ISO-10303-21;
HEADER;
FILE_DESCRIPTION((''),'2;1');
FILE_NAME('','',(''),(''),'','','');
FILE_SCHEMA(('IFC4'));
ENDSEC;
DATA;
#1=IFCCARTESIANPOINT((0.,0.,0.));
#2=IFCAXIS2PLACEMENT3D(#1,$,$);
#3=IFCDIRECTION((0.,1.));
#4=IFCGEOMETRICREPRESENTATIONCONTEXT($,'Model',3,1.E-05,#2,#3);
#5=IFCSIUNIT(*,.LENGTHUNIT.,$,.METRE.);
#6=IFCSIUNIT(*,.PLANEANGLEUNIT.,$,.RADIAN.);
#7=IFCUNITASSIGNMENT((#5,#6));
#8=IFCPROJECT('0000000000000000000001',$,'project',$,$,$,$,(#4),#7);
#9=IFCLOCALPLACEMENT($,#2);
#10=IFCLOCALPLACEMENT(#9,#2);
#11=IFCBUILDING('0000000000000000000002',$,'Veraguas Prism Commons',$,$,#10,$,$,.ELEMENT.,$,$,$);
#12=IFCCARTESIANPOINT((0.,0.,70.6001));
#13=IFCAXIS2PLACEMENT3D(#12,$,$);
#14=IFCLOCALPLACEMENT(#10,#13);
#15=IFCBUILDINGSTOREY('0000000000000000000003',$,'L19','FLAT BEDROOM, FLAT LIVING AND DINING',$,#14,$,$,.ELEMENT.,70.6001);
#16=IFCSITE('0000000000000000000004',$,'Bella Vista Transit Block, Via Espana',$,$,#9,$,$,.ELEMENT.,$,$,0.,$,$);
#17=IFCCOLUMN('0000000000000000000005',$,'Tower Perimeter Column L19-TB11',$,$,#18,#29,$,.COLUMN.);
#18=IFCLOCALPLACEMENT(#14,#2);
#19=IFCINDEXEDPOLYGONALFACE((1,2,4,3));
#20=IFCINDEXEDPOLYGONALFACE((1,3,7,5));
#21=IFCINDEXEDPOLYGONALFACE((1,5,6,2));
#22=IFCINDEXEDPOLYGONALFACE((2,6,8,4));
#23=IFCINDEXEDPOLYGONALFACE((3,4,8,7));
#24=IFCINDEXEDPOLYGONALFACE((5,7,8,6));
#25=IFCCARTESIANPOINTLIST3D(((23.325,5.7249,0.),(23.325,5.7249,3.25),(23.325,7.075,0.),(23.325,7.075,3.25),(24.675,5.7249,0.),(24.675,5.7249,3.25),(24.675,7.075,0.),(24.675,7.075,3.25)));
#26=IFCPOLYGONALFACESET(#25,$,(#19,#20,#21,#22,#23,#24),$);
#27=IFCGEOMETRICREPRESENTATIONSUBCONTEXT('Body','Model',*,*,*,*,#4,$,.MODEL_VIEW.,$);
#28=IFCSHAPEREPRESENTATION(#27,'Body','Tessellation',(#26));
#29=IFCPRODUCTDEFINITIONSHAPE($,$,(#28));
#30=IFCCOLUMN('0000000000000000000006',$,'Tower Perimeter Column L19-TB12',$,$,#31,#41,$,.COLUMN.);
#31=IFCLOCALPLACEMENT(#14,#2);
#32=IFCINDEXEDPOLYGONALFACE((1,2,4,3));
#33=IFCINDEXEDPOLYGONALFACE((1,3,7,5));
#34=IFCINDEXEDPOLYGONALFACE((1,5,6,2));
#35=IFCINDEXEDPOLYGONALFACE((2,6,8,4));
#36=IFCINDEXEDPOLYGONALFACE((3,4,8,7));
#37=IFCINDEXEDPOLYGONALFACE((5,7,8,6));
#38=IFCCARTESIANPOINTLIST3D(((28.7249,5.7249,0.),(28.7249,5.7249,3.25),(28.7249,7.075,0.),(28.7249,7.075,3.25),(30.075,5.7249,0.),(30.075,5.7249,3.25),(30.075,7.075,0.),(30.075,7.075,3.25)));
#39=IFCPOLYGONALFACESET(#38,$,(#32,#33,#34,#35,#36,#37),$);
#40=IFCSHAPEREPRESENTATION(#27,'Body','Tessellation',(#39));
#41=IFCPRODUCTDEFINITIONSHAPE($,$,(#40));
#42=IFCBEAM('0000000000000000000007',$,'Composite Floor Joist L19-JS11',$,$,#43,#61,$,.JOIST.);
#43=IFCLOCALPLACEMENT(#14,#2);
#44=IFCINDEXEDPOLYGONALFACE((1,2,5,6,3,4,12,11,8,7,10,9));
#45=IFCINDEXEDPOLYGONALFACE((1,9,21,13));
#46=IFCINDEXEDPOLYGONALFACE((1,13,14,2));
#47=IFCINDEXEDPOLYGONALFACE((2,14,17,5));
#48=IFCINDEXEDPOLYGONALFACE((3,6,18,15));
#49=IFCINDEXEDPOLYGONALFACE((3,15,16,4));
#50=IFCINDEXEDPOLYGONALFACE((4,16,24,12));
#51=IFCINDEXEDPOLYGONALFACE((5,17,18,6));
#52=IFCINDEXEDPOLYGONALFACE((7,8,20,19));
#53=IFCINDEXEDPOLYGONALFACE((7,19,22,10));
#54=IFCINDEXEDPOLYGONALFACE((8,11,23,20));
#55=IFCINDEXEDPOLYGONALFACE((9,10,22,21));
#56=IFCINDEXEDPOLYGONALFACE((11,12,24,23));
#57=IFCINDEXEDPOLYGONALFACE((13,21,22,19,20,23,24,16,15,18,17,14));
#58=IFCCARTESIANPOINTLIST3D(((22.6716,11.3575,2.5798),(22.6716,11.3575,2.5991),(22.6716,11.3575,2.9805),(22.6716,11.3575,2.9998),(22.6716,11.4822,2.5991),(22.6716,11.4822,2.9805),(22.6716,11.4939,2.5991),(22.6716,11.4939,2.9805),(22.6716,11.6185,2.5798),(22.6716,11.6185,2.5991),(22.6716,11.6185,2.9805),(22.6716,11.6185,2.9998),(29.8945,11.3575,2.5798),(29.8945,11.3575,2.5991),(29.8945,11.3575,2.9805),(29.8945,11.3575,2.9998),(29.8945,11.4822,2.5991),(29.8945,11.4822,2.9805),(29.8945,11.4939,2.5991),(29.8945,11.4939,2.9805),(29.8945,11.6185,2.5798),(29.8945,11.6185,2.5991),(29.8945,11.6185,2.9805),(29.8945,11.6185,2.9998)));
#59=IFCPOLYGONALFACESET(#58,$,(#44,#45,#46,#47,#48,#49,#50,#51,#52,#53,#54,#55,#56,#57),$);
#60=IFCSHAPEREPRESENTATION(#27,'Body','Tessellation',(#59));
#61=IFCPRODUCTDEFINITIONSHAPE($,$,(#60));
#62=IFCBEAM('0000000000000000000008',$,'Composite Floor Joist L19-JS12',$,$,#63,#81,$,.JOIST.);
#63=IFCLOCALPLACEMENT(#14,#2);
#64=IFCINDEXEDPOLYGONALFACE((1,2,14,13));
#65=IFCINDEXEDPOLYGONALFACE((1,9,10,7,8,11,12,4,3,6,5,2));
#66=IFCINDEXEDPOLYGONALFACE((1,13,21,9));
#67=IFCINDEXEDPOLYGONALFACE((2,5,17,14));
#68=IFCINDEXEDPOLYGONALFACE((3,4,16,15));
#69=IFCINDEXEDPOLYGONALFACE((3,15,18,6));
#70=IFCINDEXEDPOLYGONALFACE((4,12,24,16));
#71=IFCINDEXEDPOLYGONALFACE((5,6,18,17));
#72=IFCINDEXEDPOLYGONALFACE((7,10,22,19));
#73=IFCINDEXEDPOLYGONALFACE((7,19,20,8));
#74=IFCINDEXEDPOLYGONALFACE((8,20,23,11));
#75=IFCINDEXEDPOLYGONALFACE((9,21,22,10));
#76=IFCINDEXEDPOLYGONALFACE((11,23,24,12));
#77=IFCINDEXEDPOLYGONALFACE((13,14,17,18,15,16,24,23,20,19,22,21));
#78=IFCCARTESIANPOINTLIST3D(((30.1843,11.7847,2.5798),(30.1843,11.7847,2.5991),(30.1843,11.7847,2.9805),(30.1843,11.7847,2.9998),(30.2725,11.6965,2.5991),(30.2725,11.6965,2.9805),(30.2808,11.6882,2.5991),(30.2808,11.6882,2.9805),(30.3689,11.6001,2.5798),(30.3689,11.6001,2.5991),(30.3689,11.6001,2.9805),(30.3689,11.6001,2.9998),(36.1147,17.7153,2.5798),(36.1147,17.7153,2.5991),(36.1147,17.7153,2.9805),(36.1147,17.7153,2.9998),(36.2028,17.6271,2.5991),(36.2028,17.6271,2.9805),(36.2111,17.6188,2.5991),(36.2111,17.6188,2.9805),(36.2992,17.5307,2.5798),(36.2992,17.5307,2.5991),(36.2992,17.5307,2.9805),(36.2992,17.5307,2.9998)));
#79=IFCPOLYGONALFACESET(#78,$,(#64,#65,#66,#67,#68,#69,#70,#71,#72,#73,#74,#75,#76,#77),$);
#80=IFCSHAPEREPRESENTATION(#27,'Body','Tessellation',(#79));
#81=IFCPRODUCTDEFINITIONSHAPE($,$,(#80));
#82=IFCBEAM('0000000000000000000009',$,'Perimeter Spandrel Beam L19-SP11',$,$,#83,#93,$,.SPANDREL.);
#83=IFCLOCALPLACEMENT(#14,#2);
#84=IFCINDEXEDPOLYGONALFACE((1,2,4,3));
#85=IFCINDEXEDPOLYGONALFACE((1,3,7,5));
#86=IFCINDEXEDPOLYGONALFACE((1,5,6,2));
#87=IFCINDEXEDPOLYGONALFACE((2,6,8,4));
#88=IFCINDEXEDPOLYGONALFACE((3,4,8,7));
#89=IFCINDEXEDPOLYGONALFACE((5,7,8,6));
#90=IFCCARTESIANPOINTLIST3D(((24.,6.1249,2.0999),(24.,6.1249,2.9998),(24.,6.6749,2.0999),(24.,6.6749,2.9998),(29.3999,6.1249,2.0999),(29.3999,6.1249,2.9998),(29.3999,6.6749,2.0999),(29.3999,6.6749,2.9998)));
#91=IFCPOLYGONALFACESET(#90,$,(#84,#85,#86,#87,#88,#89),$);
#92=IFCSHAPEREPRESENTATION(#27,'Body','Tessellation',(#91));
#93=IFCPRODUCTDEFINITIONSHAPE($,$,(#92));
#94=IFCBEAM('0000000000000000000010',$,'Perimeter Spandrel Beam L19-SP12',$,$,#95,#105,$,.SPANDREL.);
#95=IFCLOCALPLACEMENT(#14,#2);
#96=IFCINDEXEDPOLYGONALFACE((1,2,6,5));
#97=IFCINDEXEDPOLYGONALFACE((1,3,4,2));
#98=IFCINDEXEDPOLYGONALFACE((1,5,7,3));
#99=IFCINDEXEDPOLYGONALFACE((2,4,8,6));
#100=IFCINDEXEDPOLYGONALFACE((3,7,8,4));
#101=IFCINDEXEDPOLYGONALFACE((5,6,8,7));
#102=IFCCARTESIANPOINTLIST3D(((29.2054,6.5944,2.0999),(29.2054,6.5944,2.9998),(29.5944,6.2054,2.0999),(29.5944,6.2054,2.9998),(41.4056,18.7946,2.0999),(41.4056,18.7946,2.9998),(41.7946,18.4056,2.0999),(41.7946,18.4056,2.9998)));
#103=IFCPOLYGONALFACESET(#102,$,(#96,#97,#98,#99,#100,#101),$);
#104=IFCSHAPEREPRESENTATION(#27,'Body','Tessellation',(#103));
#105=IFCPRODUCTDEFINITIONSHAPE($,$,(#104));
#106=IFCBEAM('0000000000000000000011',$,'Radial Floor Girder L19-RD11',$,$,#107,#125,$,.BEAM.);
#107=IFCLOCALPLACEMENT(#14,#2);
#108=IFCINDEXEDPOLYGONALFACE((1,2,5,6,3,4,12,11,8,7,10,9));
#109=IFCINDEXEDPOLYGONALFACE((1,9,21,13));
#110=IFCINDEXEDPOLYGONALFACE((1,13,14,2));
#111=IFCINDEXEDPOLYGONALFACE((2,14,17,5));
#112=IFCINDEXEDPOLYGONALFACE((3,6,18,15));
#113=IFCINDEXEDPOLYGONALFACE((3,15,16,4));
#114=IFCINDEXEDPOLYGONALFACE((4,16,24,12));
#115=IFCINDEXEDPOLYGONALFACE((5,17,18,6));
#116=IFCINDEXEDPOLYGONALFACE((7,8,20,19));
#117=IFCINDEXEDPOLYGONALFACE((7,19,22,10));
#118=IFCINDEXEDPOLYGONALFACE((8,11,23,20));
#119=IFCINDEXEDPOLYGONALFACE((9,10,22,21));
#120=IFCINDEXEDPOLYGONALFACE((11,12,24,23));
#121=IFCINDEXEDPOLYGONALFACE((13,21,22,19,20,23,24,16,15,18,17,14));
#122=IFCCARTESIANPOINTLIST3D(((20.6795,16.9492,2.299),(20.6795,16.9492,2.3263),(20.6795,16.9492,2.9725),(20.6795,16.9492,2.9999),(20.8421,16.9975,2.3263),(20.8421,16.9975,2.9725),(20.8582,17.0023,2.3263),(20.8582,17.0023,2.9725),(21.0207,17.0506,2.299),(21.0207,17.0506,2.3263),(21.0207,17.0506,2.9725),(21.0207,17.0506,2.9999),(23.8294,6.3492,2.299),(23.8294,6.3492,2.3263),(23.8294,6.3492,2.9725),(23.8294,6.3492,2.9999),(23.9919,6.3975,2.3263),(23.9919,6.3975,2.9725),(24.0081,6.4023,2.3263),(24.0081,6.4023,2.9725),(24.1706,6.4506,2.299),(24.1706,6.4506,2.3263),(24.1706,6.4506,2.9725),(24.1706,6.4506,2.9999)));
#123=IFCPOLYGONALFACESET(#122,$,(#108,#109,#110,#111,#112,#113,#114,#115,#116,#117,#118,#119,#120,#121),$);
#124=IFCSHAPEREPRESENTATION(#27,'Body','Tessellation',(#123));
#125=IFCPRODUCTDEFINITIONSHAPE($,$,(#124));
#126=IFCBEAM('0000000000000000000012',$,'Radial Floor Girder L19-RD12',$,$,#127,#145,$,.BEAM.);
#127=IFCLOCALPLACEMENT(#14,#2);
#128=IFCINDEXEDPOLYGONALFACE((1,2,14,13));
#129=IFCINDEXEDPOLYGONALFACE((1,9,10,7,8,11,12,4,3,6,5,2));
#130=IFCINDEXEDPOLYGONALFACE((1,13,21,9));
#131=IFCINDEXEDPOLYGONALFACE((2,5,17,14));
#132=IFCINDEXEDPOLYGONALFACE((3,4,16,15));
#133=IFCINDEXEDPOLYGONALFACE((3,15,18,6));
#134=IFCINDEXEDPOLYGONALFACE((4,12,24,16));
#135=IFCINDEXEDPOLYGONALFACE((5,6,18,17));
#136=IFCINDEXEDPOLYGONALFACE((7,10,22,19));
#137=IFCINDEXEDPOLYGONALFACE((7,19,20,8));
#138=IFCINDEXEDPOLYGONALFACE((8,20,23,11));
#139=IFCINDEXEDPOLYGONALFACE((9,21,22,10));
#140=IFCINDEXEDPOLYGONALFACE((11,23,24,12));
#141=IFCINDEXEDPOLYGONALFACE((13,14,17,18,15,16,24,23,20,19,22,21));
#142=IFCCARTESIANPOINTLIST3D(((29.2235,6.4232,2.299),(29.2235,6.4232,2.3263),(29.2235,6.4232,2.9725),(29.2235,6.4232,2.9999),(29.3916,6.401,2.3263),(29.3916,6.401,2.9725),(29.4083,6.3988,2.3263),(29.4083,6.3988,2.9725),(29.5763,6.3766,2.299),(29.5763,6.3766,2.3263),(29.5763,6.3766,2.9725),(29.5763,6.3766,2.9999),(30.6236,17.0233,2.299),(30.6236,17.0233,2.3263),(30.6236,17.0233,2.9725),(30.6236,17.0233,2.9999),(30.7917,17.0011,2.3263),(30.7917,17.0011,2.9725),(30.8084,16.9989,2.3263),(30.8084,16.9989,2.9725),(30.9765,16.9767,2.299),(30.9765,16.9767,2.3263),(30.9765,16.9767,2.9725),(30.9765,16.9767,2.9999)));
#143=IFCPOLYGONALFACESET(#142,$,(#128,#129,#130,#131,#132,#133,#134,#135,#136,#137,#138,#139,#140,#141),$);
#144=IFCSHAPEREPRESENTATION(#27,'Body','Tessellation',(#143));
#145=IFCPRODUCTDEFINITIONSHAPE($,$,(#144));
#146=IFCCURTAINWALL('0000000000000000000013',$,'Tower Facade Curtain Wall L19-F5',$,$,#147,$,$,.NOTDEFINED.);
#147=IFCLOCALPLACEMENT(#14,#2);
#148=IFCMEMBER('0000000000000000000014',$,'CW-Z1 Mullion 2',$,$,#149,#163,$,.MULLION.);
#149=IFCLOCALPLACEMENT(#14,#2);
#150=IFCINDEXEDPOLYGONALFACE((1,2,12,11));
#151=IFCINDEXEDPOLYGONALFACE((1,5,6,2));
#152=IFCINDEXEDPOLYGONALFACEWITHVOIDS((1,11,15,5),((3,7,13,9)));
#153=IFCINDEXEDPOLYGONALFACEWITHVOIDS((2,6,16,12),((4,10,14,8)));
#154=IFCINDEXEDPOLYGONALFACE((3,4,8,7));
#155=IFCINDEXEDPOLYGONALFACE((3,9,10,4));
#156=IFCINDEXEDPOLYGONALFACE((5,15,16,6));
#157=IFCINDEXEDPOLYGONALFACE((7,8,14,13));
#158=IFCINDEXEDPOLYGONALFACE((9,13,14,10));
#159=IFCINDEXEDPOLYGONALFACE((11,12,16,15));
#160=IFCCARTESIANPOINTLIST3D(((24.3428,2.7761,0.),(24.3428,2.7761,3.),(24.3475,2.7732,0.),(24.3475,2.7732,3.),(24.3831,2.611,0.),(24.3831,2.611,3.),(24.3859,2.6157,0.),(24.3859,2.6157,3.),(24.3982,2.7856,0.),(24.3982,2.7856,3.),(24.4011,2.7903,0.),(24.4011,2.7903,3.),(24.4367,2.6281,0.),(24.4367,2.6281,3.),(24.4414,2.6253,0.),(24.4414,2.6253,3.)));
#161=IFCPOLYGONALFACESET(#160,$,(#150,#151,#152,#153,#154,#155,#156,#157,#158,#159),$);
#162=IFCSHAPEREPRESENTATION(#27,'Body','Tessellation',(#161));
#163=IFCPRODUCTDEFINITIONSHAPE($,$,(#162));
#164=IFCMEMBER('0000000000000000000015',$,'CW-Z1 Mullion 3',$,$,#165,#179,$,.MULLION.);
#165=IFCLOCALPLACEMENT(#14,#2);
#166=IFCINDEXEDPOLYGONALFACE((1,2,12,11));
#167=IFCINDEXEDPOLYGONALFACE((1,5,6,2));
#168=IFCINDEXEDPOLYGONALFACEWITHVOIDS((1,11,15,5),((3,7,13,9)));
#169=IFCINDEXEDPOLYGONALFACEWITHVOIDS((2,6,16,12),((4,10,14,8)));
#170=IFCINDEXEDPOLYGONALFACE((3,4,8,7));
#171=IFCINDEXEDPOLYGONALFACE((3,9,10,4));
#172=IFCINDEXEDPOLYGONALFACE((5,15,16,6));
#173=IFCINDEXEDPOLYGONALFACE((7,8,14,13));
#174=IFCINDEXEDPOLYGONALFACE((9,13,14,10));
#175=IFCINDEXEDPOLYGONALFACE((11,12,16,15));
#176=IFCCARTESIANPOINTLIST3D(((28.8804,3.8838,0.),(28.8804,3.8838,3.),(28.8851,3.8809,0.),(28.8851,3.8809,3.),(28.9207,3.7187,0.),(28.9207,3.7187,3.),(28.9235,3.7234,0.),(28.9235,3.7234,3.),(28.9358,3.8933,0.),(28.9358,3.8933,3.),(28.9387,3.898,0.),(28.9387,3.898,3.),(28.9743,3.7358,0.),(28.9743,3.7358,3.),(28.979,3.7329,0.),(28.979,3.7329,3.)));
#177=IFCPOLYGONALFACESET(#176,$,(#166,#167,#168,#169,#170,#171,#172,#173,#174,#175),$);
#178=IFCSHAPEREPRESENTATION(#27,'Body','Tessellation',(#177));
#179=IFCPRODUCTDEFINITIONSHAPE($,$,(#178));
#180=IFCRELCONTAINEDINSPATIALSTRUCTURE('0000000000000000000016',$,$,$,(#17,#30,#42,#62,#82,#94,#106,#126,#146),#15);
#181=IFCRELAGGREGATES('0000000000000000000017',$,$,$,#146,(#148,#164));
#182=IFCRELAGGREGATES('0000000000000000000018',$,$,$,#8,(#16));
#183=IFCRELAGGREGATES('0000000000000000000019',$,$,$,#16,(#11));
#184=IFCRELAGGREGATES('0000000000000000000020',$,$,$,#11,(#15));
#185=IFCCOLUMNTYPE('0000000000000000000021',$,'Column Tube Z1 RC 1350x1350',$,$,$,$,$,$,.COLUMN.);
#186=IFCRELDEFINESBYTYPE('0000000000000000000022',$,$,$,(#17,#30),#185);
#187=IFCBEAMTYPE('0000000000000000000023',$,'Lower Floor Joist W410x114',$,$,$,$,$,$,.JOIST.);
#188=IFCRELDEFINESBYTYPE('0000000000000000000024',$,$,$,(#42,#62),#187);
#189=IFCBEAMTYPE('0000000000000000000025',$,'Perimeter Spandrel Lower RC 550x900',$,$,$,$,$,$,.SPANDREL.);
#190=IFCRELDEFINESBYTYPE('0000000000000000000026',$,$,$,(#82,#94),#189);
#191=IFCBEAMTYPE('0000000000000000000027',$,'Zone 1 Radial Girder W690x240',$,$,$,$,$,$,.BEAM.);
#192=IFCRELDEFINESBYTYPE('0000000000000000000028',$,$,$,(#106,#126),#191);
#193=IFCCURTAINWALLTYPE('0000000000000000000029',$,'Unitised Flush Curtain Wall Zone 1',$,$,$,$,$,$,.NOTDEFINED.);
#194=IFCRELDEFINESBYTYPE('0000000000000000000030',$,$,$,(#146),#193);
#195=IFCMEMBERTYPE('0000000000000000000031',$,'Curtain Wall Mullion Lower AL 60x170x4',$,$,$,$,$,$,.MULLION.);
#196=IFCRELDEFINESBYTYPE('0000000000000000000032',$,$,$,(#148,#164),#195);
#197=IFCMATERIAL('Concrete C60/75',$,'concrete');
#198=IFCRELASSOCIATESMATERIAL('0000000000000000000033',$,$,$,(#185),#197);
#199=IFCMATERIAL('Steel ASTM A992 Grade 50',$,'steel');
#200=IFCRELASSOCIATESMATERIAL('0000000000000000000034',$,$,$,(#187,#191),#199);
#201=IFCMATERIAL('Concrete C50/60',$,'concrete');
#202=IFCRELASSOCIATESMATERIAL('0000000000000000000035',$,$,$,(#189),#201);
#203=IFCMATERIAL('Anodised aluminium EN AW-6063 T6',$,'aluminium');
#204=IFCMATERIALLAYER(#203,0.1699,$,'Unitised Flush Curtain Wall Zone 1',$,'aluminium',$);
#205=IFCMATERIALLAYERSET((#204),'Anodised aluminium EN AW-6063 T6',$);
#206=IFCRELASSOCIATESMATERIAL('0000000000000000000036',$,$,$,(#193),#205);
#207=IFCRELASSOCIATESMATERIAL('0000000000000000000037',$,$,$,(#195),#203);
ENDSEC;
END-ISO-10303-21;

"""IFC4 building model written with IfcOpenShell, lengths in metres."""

from ifc_helpers import new_model, si_unit, direction, frame, origin, origin_2d, place, context, subcontext, project, spatial, rectangle, hollow_rectangle, i_section, extrude, source, transform, mapped, material, layer, layer_set, material_profile, profile_set, type_object, element, aggregate, save


model = new_model("IFC4")

# Units and contexts
model_context = context("Model", 3, precision=1e-05, world=origin(), true_north=direction((0.0, 1.0)))
body_context = subcontext(model_context, "Body", "Model", "MODEL_VIEW")
ifc_project = project(units=[si_unit("LENGTHUNIT", "METRE"), si_unit("PLANEANGLEUNIT", "RADIAN")], contexts=[model_context])

# Site, building, storey
site_placement = place(None, origin())
site = spatial("IfcSite", under=ifc_project, at=site_placement, Name="Bella Vista Transit Block, Via Espana", CompositionType="ELEMENT", RefElevation=0.0)
building_placement = place(site_placement, origin())
building = spatial("IfcBuilding", under=site, at=building_placement, Name="Veraguas Prism Commons", CompositionType="ELEMENT")
storey_placement = place(building_placement, frame((0.0, 0.0, 70.6001)))
storey = spatial("IfcBuildingStorey", under=building, at=storey_placement, Name="L19", Description="FLAT BEDROOM, FLAT LIVING AND DINING", CompositionType="ELEMENT", Elevation=70.6001)

# Columns
ifc_material_1 = material(Name="Concrete C60/75", Category="concrete")
ifc_material_profile_1 = material_profile(ifc_material_1, rectangle(XDim=1.3501, YDim=1.3501, at=origin_2d()), Name="RC1350X1350")
ifc_profile_set_1 = profile_set([ifc_material_profile_1], Name="Concrete C60/75")
column_type = type_object("IfcColumnType", Name="Column Tube Z1 RC 1350x1350", PredefinedType="COLUMN", material=ifc_profile_set_1)
for number, where, z_axis, x_axis, name in (
    (1, (24.0, 6.3999, 0.0), (0.0, 0.0, 1.0), (1.0, 0.0, 0.0), "Tower Perimeter Column L19-TB11"),
    (2, (29.3999, 6.3999, 0.0), (0.0, 0.0, 1.0), (1.0, 0.0, 0.0), "Tower Perimeter Column L19-TB12"),
):
    element("IfcColumn", number, at=place(storey_placement, frame(where, z_axis=z_axis, x_axis=x_axis)), inside=storey, type_object=column_type, Name=name, PredefinedType="COLUMN", context=body_context, shape_type="SweptSolid", body=[
        extrude(rectangle(XDim=1.3501, YDim=1.3501, at=origin_2d()), origin(), (0.0, 0.0, 1.0), 3.25),
    ])

# Beams
ifc_material_2 = material(Name="Steel ASTM A992 Grade 50", Category="steel")
ifc_material_profile_2 = material_profile(ifc_material_2, i_section(OverallWidth=0.261, OverallDepth=0.4199, WebThickness=0.0117, FlangeThickness=0.0193, at=origin_2d()), Name="W410X114")
ifc_profile_set_2 = profile_set([ifc_material_profile_2], Name="Steel ASTM A992 Grade 50")
beam_type_1 = type_object("IfcBeamType", Name="Lower Floor Joist W410x114", PredefinedType="JOIST", material=ifc_profile_set_2)
beam_1_placement = place(storey_placement, frame((22.6716, 11.488, 2.7898), z_axis=(1.0, 0.0, 0.0), x_axis=(0.0, 1.0, 0.0)))
element("IfcBeam", 3, at=beam_1_placement, inside=storey, type_object=beam_type_1, Name="Composite Floor Joist L19-JS11", PredefinedType="JOIST", context=body_context, shape_type="SweptSolid", body=[
    extrude(i_section(OverallWidth=0.261, OverallDepth=0.4199, WebThickness=0.0117, FlangeThickness=0.0193, at=origin_2d()), origin(), (0.0, 0.0, 1.0), 7.2229),
])
beam_2_placement = place(storey_placement, frame((30.2766, 11.6924, 2.7898), z_axis=(0.707092, 0.707121, 0.0), x_axis=(-0.707121, 0.707092, 0.0)))
element("IfcBeam", 4, at=beam_2_placement, inside=storey, type_object=beam_type_1, Name="Composite Floor Joist L19-JS12", PredefinedType="JOIST", context=body_context, shape_type="SweptSolid", body=[
    extrude(i_section(OverallWidth=0.261, OverallDepth=0.4199, WebThickness=0.0117, FlangeThickness=0.0193, at=origin_2d()), origin(), (0.0, 0.0, 1.0), 8.387),
])
ifc_material_3 = material(Name="Concrete C50/60", Category="concrete")
ifc_material_profile_3 = material_profile(ifc_material_3, rectangle(XDim=0.55, YDim=0.8999, at=origin_2d()), Name="RC550X900")
ifc_profile_set_3 = profile_set([ifc_material_profile_3], Name="Concrete C50/60")
beam_type_2 = type_object("IfcBeamType", Name="Perimeter Spandrel Lower RC 550x900", PredefinedType="SPANDREL", material=ifc_profile_set_3)
beam_3_placement = place(storey_placement, frame((24.0, 6.3999, 2.5498), z_axis=(1.0, 0.0, 0.0), x_axis=(0.0, 1.0, 0.0)))
element("IfcBeam", 5, at=beam_3_placement, inside=storey, type_object=beam_type_2, Name="Perimeter Spandrel Beam L19-SP11", PredefinedType="SPANDREL", context=body_context, shape_type="SweptSolid", body=[
    extrude(rectangle(XDim=0.55, YDim=0.8999, at=origin_2d()), origin(), (0.0, 0.0, 1.0), 5.3999),
])
beam_4_placement = place(storey_placement, frame((29.3999, 6.3999, 2.5498), z_axis=(0.707107, 0.707107, 0.0), x_axis=(-0.707107, 0.707107, 0.0)))
element("IfcBeam", 6, at=beam_4_placement, inside=storey, type_object=beam_type_2, Name="Perimeter Spandrel Beam L19-SP12", PredefinedType="SPANDREL", context=body_context, shape_type="SweptSolid", body=[
    extrude(rectangle(XDim=0.55, YDim=0.8999, at=origin_2d()), origin(), (0.0, 0.0, 1.0), 17.2537),
])
ifc_material_profile_4 = material_profile(ifc_material_2, i_section(OverallWidth=0.356, OverallDepth=0.7009, WebThickness=0.0168, FlangeThickness=0.0273, at=origin_2d()), Name="W690X240")
ifc_profile_set_4 = profile_set([ifc_material_profile_4], Name="Steel ASTM A992 Grade 50")
beam_type_3 = type_object("IfcBeamType", Name="Zone 1 Radial Girder W690x240", PredefinedType="BEAM", material=ifc_profile_set_4)
beam_5_placement = place(storey_placement, frame((24.0, 6.3999, 2.6494), z_axis=(-0.284847, 0.958573, 0.0), x_axis=(-0.958573, -0.284847, 0.0)))
element("IfcBeam", 7, at=beam_5_placement, inside=storey, type_object=beam_type_3, Name="Radial Floor Girder L19-RD11", PredefinedType="BEAM", context=body_context, shape_type="SweptSolid", body=[
    extrude(i_section(OverallWidth=0.356, OverallDepth=0.7009, WebThickness=0.0168, FlangeThickness=0.0273, at=origin_2d()), origin(), (0.0, 0.0, 1.0), 11.0581),
])
beam_6_placement = place(storey_placement, frame((29.3999, 6.3999, 2.6494), z_axis=(0.130951, 0.991389, 0.0), x_axis=(-0.991389, 0.130951, 0.0)))
element("IfcBeam", 8, at=beam_6_placement, inside=storey, type_object=beam_type_3, Name="Radial Floor Girder L19-RD12", PredefinedType="BEAM", context=body_context, shape_type="SweptSolid", body=[
    extrude(i_section(OverallWidth=0.356, OverallDepth=0.7009, WebThickness=0.0168, FlangeThickness=0.0273, at=origin_2d()), origin(), (0.0, 0.0, 1.0), 10.6921),
])

# Curtain wall, members
ifc_material_4 = material(Name="Anodised aluminium EN AW-6063 T6", Category="aluminium")
ifc_layer_1 = layer(ifc_material_4, 0.1699, Name="Unitised Flush Curtain Wall Zone 1", Category="aluminium")
ifc_layer_set_1 = layer_set([ifc_layer_1], Name="Anodised aluminium EN AW-6063 T6")
curtain_wall_type = type_object("IfcCurtainWallType", Name="Unitised Flush Curtain Wall Zone 1", PredefinedType="NOTDEFINED", material=ifc_layer_set_1)
curtain_wall_placement = place(storey_placement, origin())
curtain_wall = element("IfcCurtainWall", 9, at=curtain_wall_placement, inside=storey, type_object=curtain_wall_type, Name="Tower Facade Curtain Wall L19-F5", PredefinedType="NOTDEFINED")
ifc_material_profile_5 = material_profile(ifc_material_4, hollow_rectangle(XDim=0.0601, YDim=0.1699, WallThickness=0.0039, at=origin_2d()), Name="AL60X170X4")
ifc_profile_set_5 = profile_set([ifc_material_profile_5], Name="Anodised aluminium EN AW-6063 T6")
member_type = type_object("IfcMemberType", Name="Curtain Wall Mullion Lower AL 60x170x4", PredefinedType="MULLION", material=ifc_profile_set_5)
shared_shape_1 = source(origin(), body_context, "Body", "SweptSolid", [
    extrude(hollow_rectangle(XDim=0.0601, YDim=0.1699, WallThickness=0.0039, at=origin_2d()), origin(), (0.0, 0.0, 1.0), 3.0),
])
member_1_placement = place(storey_placement, frame((24.3921, 2.7007, 0.0), z_axis=(0.0, 0.0, 1.0), x_axis=(0.971465, 0.237184, 0.0)))
member_1 = element("IfcMember", 10, at=member_1_placement, type_object=member_type, Name="CW-Z1 Mullion 2", PredefinedType="MULLION", context=body_context, shape_type="MappedRepresentation", body=[
    mapped(shared_shape_1, transform((0.0, 0.0, 0.0), scale=1.0)),
])
member_2_placement = place(storey_placement, frame((28.9297, 3.8083, 0.0), z_axis=(0.0, 0.0, 1.0), x_axis=(0.971465, 0.237184, 0.0)))
member_2 = element("IfcMember", 11, at=member_2_placement, type_object=member_type, Name="CW-Z1 Mullion 3", PredefinedType="MULLION", context=body_context, shape_type="MappedRepresentation", body=[
    mapped(shared_shape_1, transform((0.0, 0.0, 0.0), scale=1.0)),
])
aggregate(curtain_wall, [member_1, member_2])

save(model, "model.ifc")
